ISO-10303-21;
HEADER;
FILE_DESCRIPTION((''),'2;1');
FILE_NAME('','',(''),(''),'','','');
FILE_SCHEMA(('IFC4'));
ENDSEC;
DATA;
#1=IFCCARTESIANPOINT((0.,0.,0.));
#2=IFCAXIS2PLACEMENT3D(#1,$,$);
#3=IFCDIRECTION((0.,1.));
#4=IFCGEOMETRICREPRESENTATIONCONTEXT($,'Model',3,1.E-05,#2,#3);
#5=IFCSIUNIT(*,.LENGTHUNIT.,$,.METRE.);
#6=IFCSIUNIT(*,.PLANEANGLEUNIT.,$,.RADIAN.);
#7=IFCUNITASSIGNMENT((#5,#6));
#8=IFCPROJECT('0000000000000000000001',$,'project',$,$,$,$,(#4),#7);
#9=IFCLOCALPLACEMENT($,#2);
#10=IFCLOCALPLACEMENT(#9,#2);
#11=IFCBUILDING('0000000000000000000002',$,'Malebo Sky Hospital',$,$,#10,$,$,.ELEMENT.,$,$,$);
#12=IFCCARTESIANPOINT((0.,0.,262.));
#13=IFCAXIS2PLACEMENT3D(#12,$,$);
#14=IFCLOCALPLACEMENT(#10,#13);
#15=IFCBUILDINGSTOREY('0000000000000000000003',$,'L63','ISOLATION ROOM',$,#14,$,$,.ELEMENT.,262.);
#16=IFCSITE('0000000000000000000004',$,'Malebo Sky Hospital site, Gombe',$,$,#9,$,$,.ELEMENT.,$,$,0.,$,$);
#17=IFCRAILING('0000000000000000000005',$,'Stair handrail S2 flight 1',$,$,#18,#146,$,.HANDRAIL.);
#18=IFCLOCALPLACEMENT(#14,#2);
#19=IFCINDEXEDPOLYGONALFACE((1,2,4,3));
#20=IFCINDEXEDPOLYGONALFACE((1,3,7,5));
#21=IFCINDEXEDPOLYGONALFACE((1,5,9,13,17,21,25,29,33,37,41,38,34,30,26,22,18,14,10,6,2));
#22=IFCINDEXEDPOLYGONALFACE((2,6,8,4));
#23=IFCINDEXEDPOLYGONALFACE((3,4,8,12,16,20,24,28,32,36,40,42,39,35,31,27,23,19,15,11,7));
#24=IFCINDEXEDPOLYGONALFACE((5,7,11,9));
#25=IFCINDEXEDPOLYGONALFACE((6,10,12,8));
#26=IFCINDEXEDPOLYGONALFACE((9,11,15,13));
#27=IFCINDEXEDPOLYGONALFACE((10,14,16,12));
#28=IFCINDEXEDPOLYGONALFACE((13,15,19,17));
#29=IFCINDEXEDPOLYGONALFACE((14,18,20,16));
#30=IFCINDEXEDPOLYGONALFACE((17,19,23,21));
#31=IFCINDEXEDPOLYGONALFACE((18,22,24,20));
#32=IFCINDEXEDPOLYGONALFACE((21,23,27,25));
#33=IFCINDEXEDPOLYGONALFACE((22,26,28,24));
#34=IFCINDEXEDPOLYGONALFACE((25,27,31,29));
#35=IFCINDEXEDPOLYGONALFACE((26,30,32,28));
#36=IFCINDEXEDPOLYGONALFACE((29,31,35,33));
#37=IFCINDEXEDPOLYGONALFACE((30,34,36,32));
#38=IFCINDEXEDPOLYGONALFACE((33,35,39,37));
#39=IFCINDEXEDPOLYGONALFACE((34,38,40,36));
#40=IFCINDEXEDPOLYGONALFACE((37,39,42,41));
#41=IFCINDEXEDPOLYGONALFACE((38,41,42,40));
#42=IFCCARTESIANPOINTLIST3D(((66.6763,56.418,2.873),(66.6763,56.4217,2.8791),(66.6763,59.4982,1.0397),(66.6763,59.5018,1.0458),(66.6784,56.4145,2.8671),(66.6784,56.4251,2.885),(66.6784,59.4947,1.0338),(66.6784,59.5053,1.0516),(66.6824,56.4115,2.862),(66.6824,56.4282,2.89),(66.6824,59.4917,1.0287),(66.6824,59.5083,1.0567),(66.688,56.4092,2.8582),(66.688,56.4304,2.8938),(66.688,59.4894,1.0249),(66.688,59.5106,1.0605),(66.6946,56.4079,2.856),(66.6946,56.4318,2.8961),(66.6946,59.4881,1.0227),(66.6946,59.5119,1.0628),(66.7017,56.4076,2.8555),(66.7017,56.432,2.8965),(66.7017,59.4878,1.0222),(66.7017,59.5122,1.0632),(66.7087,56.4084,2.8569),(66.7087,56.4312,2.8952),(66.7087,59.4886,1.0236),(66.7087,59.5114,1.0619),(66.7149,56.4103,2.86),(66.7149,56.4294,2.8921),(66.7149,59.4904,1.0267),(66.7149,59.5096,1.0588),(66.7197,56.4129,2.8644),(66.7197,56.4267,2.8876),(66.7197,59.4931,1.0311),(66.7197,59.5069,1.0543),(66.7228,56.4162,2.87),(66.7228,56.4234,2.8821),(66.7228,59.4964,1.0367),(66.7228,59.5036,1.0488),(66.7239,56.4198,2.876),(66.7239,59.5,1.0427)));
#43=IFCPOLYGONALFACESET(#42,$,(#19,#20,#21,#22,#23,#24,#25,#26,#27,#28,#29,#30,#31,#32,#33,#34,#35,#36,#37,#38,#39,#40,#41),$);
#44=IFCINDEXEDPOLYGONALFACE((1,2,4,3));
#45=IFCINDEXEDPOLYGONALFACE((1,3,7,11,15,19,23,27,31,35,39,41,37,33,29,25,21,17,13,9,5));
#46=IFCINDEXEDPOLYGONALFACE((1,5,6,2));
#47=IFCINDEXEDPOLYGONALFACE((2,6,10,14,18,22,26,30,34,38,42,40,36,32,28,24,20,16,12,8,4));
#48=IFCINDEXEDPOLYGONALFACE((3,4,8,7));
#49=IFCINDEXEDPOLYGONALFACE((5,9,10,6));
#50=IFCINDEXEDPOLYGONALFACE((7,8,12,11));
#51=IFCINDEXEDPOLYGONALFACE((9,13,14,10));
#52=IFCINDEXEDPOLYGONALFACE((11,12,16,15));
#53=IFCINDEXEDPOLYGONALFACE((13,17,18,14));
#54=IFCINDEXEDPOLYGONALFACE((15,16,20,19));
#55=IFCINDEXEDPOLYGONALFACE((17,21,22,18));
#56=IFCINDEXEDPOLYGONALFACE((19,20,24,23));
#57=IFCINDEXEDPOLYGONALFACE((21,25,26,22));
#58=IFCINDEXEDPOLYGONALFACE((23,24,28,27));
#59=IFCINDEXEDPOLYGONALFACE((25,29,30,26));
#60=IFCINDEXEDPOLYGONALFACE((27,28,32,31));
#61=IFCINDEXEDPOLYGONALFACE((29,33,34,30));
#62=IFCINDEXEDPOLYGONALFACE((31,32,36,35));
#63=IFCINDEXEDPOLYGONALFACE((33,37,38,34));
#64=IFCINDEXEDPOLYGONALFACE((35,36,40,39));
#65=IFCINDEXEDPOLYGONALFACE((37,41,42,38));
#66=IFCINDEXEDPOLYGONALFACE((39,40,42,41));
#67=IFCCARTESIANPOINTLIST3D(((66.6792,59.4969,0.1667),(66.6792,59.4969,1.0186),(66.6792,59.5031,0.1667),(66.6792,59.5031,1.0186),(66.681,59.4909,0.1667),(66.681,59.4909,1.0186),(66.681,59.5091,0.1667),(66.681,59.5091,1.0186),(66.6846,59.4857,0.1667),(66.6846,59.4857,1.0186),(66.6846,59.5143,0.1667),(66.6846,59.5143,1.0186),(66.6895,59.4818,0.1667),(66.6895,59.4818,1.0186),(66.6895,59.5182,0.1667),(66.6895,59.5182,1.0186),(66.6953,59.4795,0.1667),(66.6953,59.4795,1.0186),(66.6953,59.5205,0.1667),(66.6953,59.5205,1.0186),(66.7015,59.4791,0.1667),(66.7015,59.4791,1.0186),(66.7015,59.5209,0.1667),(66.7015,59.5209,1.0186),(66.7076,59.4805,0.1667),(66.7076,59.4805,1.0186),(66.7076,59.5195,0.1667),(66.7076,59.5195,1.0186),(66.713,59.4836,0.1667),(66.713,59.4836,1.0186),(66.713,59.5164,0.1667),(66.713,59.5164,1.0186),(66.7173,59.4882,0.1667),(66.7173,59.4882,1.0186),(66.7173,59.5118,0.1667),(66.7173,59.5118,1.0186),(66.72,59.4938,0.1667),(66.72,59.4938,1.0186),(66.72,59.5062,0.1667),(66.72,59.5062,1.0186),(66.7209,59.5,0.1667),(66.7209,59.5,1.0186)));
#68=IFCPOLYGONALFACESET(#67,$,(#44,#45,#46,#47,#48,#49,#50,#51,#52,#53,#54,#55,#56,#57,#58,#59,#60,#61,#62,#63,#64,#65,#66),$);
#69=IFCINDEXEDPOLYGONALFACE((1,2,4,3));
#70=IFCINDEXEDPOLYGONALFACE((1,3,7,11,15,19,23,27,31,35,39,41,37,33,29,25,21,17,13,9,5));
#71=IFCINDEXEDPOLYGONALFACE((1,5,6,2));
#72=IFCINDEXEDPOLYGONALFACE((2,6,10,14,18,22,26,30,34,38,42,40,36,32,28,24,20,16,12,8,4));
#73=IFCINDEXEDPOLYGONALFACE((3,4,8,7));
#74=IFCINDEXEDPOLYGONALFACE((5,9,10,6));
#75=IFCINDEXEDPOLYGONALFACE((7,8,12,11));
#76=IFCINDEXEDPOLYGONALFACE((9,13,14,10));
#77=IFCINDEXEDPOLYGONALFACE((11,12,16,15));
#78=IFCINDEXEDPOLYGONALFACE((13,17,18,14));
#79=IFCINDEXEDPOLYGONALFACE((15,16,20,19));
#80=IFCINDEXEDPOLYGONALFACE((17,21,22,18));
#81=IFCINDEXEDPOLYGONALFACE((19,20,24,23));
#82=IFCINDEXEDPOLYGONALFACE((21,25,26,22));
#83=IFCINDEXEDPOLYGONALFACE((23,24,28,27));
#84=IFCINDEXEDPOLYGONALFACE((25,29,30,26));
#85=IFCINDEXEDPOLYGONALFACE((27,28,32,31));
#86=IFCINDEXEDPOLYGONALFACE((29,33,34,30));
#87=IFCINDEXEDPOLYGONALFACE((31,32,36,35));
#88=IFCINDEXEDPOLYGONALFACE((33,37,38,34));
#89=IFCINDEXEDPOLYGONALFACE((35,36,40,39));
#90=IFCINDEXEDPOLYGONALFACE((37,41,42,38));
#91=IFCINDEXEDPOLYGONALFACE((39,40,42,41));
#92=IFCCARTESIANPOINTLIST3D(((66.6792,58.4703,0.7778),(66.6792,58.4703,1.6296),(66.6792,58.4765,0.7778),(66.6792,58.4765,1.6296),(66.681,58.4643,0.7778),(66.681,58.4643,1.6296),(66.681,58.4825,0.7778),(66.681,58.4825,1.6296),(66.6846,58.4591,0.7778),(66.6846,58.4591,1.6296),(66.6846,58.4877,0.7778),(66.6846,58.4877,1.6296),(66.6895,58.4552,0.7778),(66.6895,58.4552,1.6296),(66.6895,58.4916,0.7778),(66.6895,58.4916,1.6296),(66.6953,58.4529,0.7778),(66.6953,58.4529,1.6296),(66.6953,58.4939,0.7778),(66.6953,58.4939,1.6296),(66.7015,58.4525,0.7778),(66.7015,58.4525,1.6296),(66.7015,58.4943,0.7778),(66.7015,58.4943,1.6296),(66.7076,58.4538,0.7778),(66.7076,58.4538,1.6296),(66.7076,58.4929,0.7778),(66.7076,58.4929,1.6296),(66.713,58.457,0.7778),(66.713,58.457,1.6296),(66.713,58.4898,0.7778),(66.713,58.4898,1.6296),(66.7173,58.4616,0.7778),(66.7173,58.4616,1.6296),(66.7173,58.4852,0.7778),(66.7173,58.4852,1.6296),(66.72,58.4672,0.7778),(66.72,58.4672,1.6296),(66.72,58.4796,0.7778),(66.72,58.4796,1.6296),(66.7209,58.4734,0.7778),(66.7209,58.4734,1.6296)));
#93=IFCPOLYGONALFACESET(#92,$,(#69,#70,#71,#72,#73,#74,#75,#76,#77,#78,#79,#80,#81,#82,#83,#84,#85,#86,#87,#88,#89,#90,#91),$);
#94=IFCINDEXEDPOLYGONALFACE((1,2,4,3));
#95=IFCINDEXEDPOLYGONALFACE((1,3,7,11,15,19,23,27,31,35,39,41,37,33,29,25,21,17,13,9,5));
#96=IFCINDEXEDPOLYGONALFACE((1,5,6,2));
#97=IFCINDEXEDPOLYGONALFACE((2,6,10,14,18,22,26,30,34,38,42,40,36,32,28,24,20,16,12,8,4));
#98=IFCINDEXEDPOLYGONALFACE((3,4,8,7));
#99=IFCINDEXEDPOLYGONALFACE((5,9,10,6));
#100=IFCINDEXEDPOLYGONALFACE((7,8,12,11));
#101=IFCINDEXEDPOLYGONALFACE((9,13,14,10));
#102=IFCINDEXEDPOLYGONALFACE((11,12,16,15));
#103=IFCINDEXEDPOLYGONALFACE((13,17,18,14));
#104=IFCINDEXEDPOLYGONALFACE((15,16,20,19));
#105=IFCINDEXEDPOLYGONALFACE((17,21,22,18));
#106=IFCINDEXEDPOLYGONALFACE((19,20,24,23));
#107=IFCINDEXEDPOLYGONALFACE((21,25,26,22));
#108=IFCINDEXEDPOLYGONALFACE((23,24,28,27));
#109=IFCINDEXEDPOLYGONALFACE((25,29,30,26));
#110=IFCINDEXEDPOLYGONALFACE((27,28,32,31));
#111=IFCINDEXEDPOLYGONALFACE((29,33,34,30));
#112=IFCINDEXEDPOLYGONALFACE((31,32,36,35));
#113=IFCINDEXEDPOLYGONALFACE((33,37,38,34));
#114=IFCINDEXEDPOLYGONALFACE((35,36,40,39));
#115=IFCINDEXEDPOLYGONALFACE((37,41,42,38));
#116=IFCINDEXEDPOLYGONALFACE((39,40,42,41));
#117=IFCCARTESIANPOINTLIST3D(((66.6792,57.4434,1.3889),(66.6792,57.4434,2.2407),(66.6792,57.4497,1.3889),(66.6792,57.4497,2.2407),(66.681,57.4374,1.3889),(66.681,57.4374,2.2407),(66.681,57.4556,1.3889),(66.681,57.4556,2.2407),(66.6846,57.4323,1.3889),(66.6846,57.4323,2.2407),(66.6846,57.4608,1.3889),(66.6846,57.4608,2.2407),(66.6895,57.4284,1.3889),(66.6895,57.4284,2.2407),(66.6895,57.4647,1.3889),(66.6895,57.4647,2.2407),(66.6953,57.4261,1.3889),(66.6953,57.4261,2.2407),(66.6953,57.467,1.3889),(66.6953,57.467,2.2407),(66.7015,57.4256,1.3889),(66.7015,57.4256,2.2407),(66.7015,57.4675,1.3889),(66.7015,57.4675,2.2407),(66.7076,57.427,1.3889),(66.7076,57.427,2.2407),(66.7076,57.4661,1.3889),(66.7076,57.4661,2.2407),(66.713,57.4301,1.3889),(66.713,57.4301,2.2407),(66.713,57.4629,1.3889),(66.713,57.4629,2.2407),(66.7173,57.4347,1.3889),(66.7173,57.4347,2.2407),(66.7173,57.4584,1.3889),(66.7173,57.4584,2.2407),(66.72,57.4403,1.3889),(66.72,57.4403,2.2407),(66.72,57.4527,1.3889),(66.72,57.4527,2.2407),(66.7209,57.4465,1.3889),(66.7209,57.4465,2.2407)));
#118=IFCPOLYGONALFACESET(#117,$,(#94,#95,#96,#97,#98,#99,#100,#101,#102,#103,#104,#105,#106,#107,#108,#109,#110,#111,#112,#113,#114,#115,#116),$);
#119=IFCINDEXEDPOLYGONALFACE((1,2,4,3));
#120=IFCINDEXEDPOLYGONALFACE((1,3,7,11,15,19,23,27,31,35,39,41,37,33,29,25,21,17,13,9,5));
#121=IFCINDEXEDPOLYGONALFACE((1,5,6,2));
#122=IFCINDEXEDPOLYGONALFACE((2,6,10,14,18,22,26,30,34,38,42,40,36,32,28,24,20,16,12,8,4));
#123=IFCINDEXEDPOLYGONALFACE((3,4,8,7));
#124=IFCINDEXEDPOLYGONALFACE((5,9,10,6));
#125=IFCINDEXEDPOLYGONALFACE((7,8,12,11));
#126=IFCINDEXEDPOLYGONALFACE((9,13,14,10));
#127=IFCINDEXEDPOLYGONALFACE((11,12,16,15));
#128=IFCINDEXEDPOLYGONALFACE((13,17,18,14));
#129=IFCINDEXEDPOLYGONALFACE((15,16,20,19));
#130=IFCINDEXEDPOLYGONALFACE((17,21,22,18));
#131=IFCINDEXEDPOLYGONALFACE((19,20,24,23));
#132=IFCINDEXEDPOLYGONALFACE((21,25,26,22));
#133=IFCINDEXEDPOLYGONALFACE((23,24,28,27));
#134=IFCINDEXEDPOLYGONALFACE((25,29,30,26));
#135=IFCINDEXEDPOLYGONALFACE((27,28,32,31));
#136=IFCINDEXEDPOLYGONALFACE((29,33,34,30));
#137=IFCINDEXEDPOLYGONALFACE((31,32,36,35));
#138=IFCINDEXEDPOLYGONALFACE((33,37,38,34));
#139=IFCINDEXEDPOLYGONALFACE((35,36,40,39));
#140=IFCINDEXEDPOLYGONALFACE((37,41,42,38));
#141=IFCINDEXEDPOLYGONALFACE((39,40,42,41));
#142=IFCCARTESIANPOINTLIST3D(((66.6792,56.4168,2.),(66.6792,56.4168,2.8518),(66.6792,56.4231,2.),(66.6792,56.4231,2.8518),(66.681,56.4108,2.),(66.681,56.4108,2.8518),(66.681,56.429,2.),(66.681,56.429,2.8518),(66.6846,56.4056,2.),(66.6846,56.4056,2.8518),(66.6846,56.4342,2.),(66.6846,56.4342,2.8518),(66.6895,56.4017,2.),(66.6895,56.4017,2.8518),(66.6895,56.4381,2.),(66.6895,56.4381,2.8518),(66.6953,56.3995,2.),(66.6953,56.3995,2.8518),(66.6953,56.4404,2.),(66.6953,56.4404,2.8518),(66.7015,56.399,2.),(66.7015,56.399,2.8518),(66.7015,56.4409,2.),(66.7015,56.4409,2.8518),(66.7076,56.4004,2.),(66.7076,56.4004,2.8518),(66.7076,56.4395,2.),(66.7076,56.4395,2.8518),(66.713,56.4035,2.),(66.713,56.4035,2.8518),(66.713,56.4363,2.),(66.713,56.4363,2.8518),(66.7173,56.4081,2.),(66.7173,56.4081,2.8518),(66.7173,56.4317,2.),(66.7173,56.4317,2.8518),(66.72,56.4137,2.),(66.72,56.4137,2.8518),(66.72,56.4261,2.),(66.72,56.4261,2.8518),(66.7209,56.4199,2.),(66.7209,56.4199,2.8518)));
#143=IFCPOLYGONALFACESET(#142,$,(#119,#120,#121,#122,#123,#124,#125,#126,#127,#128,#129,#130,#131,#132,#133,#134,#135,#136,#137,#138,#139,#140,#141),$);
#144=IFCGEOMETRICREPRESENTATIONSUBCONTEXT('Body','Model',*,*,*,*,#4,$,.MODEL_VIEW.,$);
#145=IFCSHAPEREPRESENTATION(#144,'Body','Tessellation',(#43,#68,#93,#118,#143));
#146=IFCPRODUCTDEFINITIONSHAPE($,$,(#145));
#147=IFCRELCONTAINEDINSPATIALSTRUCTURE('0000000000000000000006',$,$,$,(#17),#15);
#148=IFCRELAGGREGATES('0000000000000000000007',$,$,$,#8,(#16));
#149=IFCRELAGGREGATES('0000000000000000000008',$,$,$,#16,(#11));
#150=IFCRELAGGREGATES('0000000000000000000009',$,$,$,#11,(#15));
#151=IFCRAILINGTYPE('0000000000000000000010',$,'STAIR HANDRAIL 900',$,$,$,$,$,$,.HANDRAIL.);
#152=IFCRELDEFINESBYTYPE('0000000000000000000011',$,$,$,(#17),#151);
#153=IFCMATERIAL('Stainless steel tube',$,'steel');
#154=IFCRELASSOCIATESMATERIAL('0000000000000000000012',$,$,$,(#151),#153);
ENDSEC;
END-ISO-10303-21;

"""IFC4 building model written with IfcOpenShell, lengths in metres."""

from ifc_helpers import new_model, si_unit, direction, frame, origin, origin_2d, place, context, subcontext, project, spatial, circle, extrude, material, type_object, element, save


model = new_model("IFC4")

# Units and contexts
model_context = context("Model", 3, precision=1e-05, world=origin(), true_north=direction((0.0, 1.0)))
body_context = subcontext(model_context, "Body", "Model", "MODEL_VIEW")
ifc_project = project(units=[si_unit("LENGTHUNIT", "METRE"), si_unit("PLANEANGLEUNIT", "RADIAN")], contexts=[model_context])

# Site, building, storey
site_placement = place(None, origin())
site = spatial("IfcSite", under=ifc_project, at=site_placement, Name="Malebo Sky Hospital site, Gombe", CompositionType="ELEMENT", RefElevation=0.0)
building_placement = place(site_placement, origin())
building = spatial("IfcBuilding", under=site, at=building_placement, Name="Malebo Sky Hospital", CompositionType="ELEMENT")
storey_placement = place(building_placement, frame((0.0, 0.0, 262.0)))
storey = spatial("IfcBuildingStorey", under=building, at=storey_placement, Name="L63", Description="ISOLATION ROOM", CompositionType="ELEMENT", Elevation=262.0)

# Railing
ifc_material_1 = material(Name="Stainless steel tube", Category="steel")
railing_type = type_object("IfcRailingType", Name="STAIR HANDRAIL 900", PredefinedType="HANDRAIL", material=ifc_material_1)
railing_placement = place(storey_placement, frame((66.7, 59.5, 0.1667)))
element("IfcRailing", 1, at=railing_placement, inside=storey, type_object=railing_type, Name="Stair handrail S2 flight 1", PredefinedType="HANDRAIL", context=body_context, shape_type="SweptSolid", body=[
    extrude(circle(Radius=0.0239, at=origin_2d()), frame((0.0, 0.0, 0.876), z_axis=(0.0, -0.859309, 0.511458), x_axis=(1.0, 0.0, 0.0)), (0.0, 0.0, 1.0), 3.5845),
    extrude(circle(Radius=0.021, at=origin_2d()), origin(), (0.0, 0.0, 1.0), 0.8518),
    extrude(circle(Radius=0.021, at=origin_2d()), frame((0.0, -1.0266, 0.6111)), (0.0, 0.0, 1.0), 0.8518),
    extrude(circle(Radius=0.021, at=origin_2d()), frame((0.0, -2.0535, 1.2222)), (0.0, 0.0, 1.0), 0.8518),
    extrude(circle(Radius=0.021, at=origin_2d()), frame((0.0, -3.0801, 1.8333)), (0.0, 0.0, 1.0), 0.8518),
])

save(model, "model.ifc")
